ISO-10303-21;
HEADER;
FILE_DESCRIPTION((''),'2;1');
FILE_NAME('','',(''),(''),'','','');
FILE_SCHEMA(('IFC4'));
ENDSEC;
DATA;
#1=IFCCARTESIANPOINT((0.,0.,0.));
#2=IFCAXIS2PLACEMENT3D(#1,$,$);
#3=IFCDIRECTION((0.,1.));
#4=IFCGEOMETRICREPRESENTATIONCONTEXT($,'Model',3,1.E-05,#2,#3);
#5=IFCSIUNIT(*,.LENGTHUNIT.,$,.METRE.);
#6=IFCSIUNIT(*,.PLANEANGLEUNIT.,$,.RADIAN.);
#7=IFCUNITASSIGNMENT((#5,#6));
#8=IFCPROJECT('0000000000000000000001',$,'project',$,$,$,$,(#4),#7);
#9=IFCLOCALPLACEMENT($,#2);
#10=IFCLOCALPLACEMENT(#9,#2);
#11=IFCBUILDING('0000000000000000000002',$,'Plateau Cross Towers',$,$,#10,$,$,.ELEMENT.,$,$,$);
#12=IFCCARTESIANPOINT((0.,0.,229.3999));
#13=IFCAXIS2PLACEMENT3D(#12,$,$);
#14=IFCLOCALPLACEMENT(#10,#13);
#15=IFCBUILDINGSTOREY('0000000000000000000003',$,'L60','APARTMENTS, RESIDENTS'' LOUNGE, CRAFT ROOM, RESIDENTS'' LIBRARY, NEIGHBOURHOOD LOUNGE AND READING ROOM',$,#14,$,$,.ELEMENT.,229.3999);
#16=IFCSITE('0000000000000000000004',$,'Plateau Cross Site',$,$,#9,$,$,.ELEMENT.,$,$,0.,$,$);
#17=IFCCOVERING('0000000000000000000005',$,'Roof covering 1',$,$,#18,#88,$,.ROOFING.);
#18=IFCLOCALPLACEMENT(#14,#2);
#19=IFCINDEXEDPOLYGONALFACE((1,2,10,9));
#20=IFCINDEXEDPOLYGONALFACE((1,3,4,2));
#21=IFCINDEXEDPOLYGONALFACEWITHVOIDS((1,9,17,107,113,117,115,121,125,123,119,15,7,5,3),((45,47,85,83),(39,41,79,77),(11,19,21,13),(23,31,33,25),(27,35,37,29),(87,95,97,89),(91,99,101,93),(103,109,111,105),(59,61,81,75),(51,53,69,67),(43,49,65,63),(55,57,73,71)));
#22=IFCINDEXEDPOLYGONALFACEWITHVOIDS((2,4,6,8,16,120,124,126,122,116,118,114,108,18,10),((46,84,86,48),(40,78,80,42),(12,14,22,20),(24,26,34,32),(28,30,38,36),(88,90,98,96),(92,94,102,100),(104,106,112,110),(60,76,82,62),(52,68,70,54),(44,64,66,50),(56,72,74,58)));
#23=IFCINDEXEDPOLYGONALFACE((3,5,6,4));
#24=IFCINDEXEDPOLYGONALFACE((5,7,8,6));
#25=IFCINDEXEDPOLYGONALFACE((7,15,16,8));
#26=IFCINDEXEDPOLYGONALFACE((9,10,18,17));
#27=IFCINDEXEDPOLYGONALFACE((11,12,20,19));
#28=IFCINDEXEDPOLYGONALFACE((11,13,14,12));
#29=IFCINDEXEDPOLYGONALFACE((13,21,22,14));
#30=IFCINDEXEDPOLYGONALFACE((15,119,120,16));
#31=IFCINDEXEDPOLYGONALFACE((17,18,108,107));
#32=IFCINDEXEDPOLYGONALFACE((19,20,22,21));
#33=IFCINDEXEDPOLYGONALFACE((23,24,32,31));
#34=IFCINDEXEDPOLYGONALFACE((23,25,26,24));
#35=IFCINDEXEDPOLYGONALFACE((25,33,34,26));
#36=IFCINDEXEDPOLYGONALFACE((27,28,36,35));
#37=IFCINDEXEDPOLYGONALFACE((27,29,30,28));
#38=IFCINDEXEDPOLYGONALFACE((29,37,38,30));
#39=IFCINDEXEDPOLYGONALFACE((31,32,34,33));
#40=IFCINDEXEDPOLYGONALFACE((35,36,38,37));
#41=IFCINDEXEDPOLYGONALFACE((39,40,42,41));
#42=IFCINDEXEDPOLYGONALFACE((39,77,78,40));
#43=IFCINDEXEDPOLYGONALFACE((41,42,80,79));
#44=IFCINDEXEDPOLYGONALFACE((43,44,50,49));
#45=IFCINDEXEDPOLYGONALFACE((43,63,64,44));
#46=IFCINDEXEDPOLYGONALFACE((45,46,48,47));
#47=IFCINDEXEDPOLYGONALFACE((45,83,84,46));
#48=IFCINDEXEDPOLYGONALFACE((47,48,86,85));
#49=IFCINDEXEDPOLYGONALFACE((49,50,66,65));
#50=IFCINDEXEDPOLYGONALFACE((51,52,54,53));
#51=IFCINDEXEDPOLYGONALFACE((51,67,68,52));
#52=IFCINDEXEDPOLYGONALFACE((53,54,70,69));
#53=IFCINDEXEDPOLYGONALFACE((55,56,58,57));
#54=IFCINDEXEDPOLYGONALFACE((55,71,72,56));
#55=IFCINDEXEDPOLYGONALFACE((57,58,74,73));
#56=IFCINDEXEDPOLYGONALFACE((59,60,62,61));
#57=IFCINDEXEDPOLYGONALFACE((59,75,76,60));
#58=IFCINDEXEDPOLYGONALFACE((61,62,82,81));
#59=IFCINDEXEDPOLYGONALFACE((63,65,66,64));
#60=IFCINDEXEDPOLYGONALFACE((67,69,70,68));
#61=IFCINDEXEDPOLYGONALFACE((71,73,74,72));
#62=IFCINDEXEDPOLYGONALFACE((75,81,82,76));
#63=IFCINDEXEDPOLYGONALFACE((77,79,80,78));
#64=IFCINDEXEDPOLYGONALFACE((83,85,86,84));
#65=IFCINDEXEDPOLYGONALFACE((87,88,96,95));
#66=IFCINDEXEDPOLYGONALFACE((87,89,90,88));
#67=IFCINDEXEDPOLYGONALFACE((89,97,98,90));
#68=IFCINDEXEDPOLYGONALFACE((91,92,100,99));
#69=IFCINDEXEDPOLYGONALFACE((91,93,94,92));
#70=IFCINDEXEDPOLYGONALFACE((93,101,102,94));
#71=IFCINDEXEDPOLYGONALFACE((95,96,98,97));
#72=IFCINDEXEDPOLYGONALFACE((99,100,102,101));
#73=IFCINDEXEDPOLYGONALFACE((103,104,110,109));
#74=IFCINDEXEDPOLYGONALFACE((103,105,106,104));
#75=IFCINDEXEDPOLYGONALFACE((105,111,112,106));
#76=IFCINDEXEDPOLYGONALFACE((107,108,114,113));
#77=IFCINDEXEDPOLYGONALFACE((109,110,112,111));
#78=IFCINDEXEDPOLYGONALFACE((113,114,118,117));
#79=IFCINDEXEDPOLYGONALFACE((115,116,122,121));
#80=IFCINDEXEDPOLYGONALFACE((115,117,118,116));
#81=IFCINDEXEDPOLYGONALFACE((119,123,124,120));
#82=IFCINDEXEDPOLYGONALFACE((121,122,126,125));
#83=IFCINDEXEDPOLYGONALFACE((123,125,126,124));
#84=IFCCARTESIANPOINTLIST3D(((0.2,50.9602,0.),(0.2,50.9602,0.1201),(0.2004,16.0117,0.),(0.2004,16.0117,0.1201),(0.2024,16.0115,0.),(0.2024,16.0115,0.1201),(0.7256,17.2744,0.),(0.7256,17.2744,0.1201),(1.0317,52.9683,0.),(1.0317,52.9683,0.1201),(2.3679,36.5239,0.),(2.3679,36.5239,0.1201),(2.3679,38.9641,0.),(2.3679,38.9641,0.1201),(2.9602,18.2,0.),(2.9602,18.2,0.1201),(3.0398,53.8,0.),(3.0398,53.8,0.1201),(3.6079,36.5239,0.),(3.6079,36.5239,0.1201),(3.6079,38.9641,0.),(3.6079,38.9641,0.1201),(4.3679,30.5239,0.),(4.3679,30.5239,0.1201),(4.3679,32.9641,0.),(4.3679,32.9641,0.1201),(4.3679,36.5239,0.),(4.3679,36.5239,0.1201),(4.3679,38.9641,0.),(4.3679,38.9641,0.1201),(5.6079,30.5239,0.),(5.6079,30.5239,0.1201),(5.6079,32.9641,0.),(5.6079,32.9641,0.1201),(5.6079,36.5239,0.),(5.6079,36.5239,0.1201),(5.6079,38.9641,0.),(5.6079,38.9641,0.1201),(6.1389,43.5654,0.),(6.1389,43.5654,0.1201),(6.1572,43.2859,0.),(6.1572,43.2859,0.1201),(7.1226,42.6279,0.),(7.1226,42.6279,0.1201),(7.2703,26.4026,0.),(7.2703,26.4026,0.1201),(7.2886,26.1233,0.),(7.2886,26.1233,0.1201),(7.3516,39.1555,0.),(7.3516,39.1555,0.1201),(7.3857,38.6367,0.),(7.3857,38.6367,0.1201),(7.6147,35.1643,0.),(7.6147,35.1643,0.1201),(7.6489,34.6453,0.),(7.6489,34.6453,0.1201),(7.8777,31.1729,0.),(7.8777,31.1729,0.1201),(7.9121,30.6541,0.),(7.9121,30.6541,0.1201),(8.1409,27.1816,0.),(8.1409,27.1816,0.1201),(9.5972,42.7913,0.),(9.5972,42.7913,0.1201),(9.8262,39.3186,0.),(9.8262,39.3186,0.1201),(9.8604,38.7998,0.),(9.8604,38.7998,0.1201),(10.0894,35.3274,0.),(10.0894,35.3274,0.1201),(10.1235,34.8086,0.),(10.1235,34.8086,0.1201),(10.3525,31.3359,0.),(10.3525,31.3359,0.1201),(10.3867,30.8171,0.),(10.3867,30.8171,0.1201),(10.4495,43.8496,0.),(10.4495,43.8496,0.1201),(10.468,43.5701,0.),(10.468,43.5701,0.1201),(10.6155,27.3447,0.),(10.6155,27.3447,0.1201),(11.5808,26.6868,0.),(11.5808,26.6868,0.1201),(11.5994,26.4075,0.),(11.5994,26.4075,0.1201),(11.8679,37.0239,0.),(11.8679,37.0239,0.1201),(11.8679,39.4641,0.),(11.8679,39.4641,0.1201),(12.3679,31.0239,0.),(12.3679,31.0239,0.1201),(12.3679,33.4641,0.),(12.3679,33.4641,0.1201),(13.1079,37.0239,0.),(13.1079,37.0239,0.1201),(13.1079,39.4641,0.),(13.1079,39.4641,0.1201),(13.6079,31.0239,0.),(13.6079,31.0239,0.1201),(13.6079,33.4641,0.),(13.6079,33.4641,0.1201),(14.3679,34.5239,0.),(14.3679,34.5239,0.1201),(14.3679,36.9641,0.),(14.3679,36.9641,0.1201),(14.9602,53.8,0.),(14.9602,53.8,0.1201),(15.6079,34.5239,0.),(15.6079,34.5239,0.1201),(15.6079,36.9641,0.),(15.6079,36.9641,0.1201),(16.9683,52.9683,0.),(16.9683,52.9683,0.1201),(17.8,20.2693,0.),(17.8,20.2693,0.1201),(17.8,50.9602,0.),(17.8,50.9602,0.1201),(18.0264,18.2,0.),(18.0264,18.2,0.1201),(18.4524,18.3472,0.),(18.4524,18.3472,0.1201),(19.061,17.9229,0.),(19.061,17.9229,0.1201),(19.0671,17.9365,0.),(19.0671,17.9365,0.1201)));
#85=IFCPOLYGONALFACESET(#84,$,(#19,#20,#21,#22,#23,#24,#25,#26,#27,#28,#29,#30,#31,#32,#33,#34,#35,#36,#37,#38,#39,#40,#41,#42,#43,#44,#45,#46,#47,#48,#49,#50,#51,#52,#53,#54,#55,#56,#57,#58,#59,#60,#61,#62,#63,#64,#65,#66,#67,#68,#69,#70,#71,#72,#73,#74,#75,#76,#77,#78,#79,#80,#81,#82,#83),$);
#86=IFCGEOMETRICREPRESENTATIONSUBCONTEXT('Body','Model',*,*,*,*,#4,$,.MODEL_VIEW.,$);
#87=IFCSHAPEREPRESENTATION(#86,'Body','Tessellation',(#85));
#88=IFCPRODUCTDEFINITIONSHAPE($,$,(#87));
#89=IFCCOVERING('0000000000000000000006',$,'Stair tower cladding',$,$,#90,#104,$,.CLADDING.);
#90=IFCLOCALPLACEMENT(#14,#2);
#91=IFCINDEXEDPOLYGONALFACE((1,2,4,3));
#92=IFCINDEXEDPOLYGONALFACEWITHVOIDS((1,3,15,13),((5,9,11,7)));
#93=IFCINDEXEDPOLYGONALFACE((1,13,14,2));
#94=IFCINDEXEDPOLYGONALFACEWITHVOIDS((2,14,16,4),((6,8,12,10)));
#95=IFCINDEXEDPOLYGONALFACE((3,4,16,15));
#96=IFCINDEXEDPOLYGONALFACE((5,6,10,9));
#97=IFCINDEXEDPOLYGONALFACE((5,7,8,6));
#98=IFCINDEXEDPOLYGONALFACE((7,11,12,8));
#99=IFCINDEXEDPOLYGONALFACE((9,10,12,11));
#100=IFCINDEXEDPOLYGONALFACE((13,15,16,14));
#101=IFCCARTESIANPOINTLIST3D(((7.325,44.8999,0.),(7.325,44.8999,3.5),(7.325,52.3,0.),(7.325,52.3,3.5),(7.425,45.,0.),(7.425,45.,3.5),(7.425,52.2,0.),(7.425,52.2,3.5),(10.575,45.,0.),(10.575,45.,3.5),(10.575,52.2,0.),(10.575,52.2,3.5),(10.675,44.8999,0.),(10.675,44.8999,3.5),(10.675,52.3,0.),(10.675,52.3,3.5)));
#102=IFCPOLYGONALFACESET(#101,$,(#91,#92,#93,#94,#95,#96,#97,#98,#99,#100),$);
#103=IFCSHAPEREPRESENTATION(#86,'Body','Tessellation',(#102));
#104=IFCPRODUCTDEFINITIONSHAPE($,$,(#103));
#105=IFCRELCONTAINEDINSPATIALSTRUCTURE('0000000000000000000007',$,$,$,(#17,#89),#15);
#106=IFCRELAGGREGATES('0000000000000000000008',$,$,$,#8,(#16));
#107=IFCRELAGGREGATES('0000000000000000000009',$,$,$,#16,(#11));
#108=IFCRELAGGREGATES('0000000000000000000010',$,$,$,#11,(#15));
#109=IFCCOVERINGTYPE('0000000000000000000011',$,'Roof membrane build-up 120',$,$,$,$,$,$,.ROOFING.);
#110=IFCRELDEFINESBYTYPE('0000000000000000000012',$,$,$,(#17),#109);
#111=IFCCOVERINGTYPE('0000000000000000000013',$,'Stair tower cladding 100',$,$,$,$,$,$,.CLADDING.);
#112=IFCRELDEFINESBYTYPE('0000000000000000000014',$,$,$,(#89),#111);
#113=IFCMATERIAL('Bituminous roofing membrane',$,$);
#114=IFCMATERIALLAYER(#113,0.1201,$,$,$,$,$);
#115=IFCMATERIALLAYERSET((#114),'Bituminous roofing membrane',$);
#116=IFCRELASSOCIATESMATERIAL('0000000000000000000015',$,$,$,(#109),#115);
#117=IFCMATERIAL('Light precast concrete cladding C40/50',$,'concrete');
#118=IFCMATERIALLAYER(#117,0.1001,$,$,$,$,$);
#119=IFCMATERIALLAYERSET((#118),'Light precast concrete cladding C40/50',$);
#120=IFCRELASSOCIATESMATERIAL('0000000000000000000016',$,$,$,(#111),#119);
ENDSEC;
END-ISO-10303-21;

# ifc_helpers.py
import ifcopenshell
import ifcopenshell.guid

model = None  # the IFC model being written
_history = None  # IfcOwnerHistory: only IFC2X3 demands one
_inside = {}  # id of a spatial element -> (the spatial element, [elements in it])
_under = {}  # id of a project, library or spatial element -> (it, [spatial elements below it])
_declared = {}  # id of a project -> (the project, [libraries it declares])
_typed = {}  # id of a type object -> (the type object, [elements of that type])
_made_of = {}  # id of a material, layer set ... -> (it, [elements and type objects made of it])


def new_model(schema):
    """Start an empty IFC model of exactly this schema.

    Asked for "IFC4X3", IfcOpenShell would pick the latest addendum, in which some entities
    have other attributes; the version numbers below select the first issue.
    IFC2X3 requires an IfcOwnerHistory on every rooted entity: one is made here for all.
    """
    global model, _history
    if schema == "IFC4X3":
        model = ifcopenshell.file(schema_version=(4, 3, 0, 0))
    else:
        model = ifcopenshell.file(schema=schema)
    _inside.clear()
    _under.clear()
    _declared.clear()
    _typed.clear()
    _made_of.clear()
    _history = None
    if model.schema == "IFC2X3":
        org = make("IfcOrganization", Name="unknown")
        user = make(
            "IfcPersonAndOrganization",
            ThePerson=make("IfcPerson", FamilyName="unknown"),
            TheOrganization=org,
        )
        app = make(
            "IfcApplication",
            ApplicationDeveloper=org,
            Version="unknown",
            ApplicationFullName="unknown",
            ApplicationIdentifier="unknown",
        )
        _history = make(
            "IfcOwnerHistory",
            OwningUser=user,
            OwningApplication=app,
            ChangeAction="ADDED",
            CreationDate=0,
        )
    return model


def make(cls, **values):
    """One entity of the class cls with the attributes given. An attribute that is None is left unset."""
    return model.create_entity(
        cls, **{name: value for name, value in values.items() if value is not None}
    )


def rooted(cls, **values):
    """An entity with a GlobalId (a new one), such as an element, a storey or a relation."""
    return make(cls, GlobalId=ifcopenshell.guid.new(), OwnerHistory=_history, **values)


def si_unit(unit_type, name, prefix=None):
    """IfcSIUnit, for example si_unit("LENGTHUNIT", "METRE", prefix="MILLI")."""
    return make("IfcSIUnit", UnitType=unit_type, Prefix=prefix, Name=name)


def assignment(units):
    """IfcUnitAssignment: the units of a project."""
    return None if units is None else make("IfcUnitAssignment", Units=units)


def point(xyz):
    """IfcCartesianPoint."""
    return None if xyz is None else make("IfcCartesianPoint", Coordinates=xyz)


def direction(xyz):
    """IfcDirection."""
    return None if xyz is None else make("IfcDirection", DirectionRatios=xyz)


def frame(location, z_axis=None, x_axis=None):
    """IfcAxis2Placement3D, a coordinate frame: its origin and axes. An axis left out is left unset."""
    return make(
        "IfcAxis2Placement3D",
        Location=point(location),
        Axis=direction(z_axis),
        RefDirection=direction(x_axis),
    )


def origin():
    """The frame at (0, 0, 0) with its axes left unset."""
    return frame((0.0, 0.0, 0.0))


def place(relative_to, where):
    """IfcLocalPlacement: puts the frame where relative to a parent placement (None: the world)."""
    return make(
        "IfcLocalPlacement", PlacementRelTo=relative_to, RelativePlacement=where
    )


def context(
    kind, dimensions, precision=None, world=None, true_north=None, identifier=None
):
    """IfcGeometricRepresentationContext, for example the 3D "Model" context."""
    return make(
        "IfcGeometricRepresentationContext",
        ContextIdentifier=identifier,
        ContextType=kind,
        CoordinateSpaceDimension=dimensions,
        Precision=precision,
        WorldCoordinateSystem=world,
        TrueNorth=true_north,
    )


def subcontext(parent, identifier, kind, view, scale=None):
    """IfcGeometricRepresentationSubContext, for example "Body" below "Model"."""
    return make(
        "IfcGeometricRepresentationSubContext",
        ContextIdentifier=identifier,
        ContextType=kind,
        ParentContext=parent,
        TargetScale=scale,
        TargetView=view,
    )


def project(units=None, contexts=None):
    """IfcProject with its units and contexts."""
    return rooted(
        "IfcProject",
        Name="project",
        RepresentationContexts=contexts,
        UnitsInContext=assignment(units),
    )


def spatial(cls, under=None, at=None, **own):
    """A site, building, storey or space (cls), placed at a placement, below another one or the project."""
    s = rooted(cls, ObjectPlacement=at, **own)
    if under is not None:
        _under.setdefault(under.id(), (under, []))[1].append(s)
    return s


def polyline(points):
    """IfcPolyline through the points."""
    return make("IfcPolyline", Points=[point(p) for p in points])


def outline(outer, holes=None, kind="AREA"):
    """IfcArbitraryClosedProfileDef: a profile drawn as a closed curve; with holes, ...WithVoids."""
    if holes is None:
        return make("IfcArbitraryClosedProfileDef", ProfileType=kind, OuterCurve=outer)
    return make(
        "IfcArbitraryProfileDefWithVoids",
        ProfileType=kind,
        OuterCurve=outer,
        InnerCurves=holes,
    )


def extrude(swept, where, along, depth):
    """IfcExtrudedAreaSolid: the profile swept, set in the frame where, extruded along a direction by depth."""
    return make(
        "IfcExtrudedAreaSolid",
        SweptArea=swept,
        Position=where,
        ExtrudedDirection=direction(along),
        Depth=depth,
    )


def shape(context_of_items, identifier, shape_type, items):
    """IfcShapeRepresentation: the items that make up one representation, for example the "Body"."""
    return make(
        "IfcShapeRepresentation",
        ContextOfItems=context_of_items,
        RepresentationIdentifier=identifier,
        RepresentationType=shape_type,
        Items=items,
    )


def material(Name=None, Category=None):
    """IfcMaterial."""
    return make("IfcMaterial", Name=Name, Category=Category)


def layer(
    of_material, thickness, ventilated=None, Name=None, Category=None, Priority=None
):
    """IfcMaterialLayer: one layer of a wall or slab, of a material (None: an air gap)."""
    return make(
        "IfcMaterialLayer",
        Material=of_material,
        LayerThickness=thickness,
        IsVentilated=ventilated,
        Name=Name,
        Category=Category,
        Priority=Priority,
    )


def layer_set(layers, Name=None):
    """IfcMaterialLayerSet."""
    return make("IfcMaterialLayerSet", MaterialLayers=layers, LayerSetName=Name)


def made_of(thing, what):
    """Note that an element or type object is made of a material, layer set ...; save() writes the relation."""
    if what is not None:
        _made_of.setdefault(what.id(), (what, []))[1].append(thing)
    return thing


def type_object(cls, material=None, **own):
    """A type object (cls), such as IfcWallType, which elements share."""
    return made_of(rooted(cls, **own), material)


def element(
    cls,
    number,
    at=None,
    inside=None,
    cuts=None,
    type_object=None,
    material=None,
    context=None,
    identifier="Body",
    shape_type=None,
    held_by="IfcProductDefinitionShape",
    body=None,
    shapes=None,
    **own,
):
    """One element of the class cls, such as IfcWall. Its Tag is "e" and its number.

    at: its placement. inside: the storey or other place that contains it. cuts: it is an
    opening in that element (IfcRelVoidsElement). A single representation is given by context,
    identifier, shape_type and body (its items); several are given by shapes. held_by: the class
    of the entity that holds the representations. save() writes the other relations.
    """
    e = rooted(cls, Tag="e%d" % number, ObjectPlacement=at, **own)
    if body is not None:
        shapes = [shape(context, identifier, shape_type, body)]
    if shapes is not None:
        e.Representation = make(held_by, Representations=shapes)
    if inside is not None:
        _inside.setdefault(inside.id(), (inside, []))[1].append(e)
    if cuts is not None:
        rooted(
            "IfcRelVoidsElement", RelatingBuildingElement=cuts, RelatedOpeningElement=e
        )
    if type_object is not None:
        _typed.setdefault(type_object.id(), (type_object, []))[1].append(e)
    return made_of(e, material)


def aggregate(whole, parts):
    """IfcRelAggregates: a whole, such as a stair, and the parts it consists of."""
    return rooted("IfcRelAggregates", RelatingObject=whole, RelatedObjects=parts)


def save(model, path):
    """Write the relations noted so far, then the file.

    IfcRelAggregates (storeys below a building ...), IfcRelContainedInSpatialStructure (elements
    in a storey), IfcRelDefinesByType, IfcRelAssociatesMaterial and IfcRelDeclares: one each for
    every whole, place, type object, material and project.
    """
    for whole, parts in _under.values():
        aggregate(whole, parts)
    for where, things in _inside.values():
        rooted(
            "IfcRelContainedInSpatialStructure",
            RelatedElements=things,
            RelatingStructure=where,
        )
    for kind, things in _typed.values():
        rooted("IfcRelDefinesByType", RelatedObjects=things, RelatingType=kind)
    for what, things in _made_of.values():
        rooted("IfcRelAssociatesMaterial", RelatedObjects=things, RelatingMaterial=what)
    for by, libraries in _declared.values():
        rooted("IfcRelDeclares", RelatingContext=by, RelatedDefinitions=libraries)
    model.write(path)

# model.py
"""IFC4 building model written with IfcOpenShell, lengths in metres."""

from ifc_helpers import new_model, si_unit, direction, frame, origin, place, context, subcontext, project, spatial, polyline, outline, extrude, material, layer, layer_set, type_object, element, save


model = new_model("IFC4")

# Units and contexts
model_context = context("Model", 3, precision=1e-05, world=origin(), true_north=direction((0.0, 1.0)))
body_context = subcontext(model_context, "Body", "Model", "MODEL_VIEW")
ifc_project = project(units=[si_unit("LENGTHUNIT", "METRE"), si_unit("PLANEANGLEUNIT", "RADIAN")], contexts=[model_context])

# Site, building, storey
site_placement = place(None, origin())
site = spatial("IfcSite", under=ifc_project, at=site_placement, Name="Plateau Cross Site", CompositionType="ELEMENT", RefElevation=0.0)
building_placement = place(site_placement, origin())
building = spatial("IfcBuilding", under=site, at=building_placement, Name="Plateau Cross Towers", CompositionType="ELEMENT")
storey_placement = place(building_placement, frame((0.0, 0.0, 229.3999)))
storey = spatial("IfcBuildingStorey", under=building, at=storey_placement, Name="L60", Description="APARTMENTS, RESIDENTS' LOUNGE, CRAFT ROOM, RESIDENTS' LIBRARY, NEIGHBOURHOOD LOUNGE AND READING ROOM", CompositionType="ELEMENT", Elevation=229.3999)

# Coverings
ifc_material_1 = material(Name="Light precast concrete cladding C40/50", Category="concrete")
ifc_material_2 = material(Name="Bituminous roofing membrane")
ifc_layer_1 = layer(ifc_material_2, 0.1201)
ifc_layer_set_1 = layer_set([ifc_layer_1], Name="Bituminous roofing membrane")
covering_type_1 = type_object("IfcCoveringType", Name="Roof membrane build-up 120", PredefinedType="ROOFING", material=ifc_layer_set_1)
covering_1_placement = place(storey_placement, origin())
element("IfcCovering", 1, at=covering_1_placement, inside=storey, type_object=covering_type_1, Name="Roof covering 1", PredefinedType="ROOFING", context=body_context, shape_type="SweptSolid", body=[
    extrude(outline(polyline([(0.2024, 16.0115), (0.2004, 16.0117), (0.2, 50.9602), (1.0317, 52.9683), (3.0398, 53.8), (14.9602, 53.8), (16.9683, 52.9683), (17.8, 50.9602), (17.8, 20.2693), (18.4524, 18.3472), (19.0671, 17.9365), (19.061, 17.9229), (18.0264, 18.2), (2.9602, 18.2), (0.7256, 17.2744), (0.2024, 16.0115)]), holes=[polyline([(15.6079, 34.5239), (15.6079, 36.9641), (14.3679, 36.9641), (14.3679, 34.5239), (15.6079, 34.5239)]), polyline([(13.6079, 31.0239), (13.6079, 33.4641), (12.3679, 33.4641), (12.3679, 31.0239), (13.6079, 31.0239)]), polyline([(13.1079, 37.0239), (13.1079, 39.4641), (11.8679, 39.4641), (11.8679, 37.0239), (13.1079, 37.0239)]), polyline([(7.2703, 26.4026), (7.2886, 26.1233), (11.5994, 26.4075), (11.5808, 26.6868), (7.2703, 26.4026)]), polyline([(8.1409, 27.1816), (10.6155, 27.3447), (10.3867, 30.8171), (7.9121, 30.6541), (8.1409, 27.1816)]), polyline([(10.468, 43.5701), (10.4495, 43.8496), (6.1389, 43.5654), (6.1572, 43.2859), (10.468, 43.5701)]), polyline([(10.3525, 31.3359), (10.1235, 34.8086), (7.6489, 34.6453), (7.8777, 31.1729), (10.3525, 31.3359)]), polyline([(10.0894, 35.3274), (9.8604, 38.7998), (7.3857, 38.6367), (7.6147, 35.1643), (10.0894, 35.3274)]), polyline([(7.3516, 39.1555), (9.8262, 39.3186), (9.5972, 42.7913), (7.1226, 42.6279), (7.3516, 39.1555)]), polyline([(4.3679, 32.9641), (4.3679, 30.5239), (5.6079, 30.5239), (5.6079, 32.9641), (4.3679, 32.9641)]), polyline([(5.6079, 38.9641), (4.3679, 38.9641), (4.3679, 36.5239), (5.6079, 36.5239), (5.6079, 38.9641)]), polyline([(3.6079, 38.9641), (2.3679, 38.9641), (2.3679, 36.5239), (3.6079, 36.5239), (3.6079, 38.9641)])]), origin(), (0.0, 0.0, 1.0), 0.1201),
])
ifc_layer_2 = layer(ifc_material_1, 0.1001)
ifc_layer_set_2 = layer_set([ifc_layer_2], Name="Light precast concrete cladding C40/50")
covering_type_2 = type_object("IfcCoveringType", Name="Stair tower cladding 100", PredefinedType="CLADDING", material=ifc_layer_set_2)
covering_2_placement = place(storey_placement, origin())
element("IfcCovering", 2, at=covering_2_placement, inside=storey, type_object=covering_type_2, Name="Stair tower cladding", PredefinedType="CLADDING", context=body_context, shape_type="SweptSolid", body=[
    extrude(outline(polyline([(7.325, 52.3), (10.675, 52.3), (10.675, 44.8999), (7.325, 44.8999), (7.325, 52.3)]), holes=[polyline([(10.575, 45.0), (10.575, 52.2), (7.425, 52.2), (7.425, 45.0), (10.575, 45.0)])]), origin(), (0.0, 0.0, 1.0), 3.5),
])

save(model, "model.ifc")
